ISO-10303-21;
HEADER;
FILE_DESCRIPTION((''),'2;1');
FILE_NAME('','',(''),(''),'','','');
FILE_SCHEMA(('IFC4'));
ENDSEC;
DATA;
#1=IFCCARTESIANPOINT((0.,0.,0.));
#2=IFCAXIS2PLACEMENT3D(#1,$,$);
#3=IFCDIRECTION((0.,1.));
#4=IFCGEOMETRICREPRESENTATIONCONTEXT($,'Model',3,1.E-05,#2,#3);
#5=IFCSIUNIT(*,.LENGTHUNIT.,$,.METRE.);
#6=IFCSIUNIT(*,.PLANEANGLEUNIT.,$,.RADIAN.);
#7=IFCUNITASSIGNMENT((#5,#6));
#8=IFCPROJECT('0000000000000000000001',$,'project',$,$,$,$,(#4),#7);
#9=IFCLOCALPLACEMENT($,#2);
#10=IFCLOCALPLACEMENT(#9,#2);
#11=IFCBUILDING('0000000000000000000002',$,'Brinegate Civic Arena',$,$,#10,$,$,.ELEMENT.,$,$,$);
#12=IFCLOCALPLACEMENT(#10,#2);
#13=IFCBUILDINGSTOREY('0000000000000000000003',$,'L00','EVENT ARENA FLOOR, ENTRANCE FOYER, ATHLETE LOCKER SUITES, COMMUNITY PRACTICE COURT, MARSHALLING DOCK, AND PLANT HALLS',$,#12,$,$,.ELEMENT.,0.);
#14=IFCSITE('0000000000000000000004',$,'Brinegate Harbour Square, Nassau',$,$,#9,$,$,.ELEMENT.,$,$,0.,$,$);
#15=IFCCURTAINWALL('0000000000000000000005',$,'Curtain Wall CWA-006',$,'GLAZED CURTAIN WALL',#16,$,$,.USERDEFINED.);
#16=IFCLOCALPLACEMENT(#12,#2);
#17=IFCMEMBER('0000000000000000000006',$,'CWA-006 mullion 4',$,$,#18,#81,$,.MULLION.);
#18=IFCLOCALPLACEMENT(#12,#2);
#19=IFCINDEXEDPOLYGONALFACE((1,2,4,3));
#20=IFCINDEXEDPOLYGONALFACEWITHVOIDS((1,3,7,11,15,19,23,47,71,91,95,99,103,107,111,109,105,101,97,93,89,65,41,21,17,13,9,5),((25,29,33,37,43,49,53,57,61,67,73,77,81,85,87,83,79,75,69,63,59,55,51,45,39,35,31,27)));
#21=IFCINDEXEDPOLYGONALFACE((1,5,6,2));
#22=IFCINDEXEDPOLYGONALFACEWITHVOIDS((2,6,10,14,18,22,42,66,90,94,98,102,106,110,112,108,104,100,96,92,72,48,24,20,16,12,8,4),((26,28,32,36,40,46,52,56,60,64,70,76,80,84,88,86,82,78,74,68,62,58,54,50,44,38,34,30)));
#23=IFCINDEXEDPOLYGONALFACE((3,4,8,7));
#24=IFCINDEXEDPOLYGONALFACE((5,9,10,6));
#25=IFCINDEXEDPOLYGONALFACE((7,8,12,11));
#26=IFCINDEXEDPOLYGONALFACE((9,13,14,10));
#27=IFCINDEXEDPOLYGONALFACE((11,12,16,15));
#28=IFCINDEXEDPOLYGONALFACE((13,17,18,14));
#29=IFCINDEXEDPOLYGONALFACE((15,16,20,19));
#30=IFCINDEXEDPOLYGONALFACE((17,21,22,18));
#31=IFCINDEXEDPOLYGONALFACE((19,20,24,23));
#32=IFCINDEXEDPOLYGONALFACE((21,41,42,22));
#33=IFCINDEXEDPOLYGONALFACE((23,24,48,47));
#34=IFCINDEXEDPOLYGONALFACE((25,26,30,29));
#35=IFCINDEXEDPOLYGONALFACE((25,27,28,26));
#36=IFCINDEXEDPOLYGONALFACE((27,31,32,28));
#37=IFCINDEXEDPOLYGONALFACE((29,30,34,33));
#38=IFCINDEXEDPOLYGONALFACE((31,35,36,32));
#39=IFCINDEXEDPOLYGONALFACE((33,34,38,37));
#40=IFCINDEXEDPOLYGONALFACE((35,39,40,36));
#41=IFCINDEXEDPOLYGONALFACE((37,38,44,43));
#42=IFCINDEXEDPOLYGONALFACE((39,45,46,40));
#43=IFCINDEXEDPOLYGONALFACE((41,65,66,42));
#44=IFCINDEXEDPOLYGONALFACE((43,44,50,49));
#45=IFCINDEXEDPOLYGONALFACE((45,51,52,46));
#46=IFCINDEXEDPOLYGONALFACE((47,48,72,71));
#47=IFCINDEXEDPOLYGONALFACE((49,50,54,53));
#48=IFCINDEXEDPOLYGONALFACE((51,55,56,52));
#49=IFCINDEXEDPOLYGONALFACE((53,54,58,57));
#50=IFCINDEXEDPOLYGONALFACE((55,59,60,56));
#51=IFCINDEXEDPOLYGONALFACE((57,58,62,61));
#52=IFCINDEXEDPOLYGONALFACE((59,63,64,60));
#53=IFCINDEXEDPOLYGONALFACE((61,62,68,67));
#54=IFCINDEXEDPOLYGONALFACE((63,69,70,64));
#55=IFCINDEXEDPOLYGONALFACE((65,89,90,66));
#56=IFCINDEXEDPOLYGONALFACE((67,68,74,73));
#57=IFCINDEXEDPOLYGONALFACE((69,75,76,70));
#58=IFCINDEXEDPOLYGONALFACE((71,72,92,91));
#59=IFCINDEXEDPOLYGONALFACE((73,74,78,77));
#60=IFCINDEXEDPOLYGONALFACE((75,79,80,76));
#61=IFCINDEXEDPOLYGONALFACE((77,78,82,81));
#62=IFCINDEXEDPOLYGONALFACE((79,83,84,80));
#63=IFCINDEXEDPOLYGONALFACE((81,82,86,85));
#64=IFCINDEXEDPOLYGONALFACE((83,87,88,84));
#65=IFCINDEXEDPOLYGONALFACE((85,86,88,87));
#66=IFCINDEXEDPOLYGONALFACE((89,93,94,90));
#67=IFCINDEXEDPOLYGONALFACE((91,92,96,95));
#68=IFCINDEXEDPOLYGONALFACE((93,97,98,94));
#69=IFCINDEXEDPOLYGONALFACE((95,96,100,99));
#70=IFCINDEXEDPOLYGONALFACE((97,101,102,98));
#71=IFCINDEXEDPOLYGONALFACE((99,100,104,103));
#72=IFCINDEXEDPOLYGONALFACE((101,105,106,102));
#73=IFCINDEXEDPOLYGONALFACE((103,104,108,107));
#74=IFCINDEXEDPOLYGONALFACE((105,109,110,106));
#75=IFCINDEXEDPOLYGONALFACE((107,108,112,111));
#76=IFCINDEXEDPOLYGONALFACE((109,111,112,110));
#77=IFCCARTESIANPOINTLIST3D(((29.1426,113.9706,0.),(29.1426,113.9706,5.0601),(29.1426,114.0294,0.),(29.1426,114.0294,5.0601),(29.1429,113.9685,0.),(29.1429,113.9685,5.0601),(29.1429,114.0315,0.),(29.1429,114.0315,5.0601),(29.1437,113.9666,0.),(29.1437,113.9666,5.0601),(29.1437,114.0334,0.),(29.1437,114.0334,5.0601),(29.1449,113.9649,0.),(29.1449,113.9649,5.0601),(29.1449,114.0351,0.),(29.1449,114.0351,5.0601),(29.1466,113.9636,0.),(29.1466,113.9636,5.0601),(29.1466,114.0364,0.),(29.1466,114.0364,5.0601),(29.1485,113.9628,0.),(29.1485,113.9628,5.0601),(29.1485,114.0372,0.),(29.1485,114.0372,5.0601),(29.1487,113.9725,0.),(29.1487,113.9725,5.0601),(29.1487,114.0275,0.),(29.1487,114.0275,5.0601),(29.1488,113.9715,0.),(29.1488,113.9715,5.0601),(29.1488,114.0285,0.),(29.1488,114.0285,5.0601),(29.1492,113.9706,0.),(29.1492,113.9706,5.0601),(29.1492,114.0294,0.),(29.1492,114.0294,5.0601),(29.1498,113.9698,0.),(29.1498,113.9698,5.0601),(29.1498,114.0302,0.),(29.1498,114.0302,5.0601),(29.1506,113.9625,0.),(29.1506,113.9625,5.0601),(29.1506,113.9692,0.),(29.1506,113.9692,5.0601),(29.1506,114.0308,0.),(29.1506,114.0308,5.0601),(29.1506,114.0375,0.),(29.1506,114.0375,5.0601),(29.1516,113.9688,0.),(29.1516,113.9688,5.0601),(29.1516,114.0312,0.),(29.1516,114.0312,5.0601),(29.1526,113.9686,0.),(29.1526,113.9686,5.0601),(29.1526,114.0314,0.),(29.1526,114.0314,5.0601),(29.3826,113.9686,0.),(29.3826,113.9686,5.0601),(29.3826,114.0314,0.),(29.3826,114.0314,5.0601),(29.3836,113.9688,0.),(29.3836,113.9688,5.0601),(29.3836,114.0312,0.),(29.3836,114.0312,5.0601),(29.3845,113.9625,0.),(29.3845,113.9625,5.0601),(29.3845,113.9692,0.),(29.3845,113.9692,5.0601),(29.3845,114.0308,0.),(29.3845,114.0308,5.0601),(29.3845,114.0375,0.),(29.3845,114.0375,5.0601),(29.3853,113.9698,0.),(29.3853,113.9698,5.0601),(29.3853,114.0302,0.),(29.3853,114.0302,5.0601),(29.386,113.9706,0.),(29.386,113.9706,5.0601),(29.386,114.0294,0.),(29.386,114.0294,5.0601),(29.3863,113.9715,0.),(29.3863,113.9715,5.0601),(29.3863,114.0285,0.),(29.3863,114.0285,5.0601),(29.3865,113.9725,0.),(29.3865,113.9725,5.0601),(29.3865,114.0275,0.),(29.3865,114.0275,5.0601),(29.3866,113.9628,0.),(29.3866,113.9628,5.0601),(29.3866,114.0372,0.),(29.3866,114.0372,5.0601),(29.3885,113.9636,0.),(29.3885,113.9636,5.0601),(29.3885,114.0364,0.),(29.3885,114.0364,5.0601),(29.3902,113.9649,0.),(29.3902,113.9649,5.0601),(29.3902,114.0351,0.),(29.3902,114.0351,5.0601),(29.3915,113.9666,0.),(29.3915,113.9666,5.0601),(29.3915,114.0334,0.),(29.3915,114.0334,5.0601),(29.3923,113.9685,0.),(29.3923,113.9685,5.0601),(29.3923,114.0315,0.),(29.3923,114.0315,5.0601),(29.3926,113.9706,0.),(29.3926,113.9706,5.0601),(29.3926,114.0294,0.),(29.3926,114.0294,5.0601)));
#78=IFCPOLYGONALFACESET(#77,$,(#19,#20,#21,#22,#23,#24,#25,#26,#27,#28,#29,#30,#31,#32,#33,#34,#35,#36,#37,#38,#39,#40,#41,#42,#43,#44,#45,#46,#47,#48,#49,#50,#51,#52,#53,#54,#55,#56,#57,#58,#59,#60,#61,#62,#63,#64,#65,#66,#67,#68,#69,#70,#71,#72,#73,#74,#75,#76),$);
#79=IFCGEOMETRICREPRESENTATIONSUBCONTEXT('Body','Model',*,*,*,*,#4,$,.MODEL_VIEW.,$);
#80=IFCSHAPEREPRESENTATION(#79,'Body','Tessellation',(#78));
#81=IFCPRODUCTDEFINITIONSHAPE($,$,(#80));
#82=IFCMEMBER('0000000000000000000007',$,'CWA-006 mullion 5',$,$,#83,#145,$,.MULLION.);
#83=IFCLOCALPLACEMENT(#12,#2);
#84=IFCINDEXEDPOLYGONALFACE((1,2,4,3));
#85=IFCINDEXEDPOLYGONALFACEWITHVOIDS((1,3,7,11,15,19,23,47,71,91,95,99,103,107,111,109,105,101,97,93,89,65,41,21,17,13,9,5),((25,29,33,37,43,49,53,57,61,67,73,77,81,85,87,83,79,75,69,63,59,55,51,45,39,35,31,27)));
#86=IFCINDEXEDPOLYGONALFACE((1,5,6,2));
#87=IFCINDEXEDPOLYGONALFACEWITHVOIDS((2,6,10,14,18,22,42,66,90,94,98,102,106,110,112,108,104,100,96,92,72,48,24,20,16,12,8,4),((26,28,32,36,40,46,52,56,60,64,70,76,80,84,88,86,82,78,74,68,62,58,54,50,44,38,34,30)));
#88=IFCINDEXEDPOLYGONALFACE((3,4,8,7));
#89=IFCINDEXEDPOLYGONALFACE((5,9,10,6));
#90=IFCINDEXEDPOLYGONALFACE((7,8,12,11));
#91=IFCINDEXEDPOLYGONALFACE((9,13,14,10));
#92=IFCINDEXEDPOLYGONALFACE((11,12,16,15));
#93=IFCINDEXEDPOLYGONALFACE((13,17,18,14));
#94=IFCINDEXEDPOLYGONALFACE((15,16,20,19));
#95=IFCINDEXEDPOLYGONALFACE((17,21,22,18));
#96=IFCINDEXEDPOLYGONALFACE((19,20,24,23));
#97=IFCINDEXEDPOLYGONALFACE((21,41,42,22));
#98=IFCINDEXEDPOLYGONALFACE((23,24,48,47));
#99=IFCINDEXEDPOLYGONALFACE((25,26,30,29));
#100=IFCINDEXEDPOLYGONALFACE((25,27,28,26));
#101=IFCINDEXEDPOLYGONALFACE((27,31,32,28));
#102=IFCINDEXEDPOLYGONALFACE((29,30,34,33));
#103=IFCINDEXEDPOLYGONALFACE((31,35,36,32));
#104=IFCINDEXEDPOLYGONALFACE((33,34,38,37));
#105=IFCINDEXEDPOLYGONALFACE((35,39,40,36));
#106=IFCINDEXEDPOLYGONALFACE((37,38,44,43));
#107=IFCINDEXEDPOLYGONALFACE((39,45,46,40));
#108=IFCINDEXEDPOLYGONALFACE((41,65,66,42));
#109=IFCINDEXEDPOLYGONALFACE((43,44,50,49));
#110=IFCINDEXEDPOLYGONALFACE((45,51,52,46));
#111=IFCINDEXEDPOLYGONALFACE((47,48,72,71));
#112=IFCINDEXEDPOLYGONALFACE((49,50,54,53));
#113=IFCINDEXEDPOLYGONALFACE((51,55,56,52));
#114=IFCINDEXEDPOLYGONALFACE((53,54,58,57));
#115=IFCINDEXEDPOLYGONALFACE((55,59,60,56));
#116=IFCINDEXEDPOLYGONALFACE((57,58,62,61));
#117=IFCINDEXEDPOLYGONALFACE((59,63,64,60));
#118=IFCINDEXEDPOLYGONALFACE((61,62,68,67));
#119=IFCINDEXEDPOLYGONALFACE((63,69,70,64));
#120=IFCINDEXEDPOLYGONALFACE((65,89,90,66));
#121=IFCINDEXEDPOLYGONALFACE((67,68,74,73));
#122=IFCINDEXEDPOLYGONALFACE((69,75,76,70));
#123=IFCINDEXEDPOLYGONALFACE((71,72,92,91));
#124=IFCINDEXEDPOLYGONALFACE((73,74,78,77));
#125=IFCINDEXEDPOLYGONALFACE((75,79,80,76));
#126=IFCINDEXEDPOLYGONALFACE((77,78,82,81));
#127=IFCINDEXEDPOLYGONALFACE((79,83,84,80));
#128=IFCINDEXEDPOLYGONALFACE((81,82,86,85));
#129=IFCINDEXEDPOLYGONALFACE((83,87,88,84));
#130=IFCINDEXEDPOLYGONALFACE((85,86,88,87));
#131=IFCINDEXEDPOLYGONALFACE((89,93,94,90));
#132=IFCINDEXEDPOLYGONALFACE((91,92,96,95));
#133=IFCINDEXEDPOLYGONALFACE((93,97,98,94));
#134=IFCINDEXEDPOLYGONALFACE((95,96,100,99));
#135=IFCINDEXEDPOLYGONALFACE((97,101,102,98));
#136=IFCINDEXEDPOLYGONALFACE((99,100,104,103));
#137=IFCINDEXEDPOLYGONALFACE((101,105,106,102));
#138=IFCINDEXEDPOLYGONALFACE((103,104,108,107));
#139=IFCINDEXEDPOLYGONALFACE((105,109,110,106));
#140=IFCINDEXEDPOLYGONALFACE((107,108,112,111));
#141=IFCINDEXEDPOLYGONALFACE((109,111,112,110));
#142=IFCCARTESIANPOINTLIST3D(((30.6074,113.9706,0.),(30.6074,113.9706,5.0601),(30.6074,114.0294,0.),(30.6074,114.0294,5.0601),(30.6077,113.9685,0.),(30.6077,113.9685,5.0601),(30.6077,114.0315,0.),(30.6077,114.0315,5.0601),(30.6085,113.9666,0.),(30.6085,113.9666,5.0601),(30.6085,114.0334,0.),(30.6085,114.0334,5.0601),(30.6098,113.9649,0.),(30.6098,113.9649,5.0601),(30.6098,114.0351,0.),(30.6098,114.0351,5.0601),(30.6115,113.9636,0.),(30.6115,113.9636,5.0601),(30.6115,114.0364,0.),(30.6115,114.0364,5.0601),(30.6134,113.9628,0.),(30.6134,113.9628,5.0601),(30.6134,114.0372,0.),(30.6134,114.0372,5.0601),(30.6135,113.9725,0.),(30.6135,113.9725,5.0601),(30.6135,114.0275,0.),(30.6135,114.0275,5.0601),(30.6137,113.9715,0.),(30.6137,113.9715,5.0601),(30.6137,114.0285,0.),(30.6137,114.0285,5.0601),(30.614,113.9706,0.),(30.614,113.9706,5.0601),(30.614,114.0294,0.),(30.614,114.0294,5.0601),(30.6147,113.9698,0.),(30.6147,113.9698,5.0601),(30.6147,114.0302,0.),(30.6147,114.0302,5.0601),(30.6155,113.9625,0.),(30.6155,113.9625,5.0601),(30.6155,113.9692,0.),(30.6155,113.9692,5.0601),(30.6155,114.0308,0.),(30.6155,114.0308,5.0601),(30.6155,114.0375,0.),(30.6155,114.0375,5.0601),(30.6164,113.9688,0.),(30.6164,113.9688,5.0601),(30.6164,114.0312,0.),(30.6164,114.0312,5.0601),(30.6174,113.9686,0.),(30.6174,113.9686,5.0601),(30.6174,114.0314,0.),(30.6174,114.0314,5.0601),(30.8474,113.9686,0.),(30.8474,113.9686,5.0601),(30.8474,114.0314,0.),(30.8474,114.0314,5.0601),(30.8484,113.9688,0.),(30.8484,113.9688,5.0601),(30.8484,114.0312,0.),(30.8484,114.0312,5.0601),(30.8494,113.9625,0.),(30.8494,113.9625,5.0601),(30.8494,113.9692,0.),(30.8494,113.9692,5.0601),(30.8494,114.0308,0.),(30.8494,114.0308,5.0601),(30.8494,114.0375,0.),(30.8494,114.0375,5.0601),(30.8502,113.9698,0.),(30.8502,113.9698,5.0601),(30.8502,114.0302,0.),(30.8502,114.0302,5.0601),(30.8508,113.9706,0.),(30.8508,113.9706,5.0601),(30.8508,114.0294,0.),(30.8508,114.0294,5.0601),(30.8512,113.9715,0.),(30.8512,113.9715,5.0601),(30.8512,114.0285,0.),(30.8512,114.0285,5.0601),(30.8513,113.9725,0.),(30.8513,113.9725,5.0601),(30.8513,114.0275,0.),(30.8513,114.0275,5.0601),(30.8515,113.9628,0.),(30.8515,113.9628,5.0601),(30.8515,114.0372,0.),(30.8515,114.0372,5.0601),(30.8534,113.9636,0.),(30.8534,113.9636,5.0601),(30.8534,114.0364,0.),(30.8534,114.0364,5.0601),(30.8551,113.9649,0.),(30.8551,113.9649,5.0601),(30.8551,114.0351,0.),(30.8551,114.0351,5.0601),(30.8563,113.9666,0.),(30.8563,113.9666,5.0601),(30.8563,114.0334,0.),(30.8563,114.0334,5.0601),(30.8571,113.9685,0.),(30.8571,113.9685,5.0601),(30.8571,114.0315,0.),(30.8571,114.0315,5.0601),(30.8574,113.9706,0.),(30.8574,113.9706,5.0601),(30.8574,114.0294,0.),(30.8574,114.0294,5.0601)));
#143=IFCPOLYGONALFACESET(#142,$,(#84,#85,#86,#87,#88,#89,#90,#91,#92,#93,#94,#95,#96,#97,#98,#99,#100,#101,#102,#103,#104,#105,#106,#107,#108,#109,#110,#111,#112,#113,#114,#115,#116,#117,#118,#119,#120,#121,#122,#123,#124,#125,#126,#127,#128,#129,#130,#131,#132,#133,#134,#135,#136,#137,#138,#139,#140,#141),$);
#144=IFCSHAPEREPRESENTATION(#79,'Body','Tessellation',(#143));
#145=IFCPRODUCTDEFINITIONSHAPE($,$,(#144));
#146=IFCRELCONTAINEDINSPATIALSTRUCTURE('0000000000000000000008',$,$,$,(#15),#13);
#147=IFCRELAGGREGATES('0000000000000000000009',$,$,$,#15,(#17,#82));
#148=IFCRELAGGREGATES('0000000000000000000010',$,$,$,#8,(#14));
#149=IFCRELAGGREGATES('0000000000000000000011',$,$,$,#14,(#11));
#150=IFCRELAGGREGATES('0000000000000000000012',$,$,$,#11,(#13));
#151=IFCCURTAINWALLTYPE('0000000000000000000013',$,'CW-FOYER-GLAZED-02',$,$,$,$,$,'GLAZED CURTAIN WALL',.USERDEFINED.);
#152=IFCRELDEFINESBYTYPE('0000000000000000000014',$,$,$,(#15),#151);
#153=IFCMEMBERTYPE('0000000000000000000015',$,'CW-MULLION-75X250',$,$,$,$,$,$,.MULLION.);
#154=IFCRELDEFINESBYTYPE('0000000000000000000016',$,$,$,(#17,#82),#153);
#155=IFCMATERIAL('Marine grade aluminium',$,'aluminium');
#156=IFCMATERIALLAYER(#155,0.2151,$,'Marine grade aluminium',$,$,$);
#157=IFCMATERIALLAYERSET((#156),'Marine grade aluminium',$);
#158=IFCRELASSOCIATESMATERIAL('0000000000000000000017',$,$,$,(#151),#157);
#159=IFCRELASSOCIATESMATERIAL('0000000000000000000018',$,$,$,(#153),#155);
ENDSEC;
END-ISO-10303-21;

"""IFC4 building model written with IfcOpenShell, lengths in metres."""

from ifc_helpers import new_model, si_unit, direction, frame, origin, origin_2d, place, context, subcontext, project, spatial, hollow_rectangle, extrude, material, layer, layer_set, material_profile, profile_set, type_object, element, aggregate, save


model = new_model("IFC4")

# Units and contexts
model_context = context("Model", 3, precision=1e-05, world=origin(), true_north=direction((0.0, 1.0)))
body_context = subcontext(model_context, "Body", "Model", "MODEL_VIEW")
ifc_project = project(units=[si_unit("LENGTHUNIT", "METRE"), si_unit("PLANEANGLEUNIT", "RADIAN")], contexts=[model_context])

# Site, building, storey
site_placement = place(None, origin())
site = spatial("IfcSite", under=ifc_project, at=site_placement, Name="Brinegate Harbour Square, Nassau", CompositionType="ELEMENT", RefElevation=0.0)
building_placement = place(site_placement, origin())
building = spatial("IfcBuilding", under=site, at=building_placement, Name="Brinegate Civic Arena", CompositionType="ELEMENT")
storey_placement = place(building_placement, origin())
storey = spatial("IfcBuildingStorey", under=building, at=storey_placement, Name="L00", Description="EVENT ARENA FLOOR, ENTRANCE FOYER, ATHLETE LOCKER SUITES, COMMUNITY PRACTICE COURT, MARSHALLING DOCK, AND PLANT HALLS", CompositionType="ELEMENT", Elevation=0.0)

# Curtain wall, members
ifc_material_1 = material(Name="Marine grade aluminium", Category="aluminium")
ifc_layer_1 = layer(ifc_material_1, 0.2151, Name="Marine grade aluminium")
ifc_layer_set_1 = layer_set([ifc_layer_1], Name="Marine grade aluminium")
curtain_wall_type = type_object("IfcCurtainWallType", Name="CW-FOYER-GLAZED-02", ElementType="GLAZED CURTAIN WALL", PredefinedType="USERDEFINED", material=ifc_layer_set_1)
curtain_wall_placement = place(storey_placement, origin())
curtain_wall = element("IfcCurtainWall", 1, at=curtain_wall_placement, inside=storey, type_object=curtain_wall_type, Name="Curtain Wall CWA-006", ObjectType="GLAZED CURTAIN WALL", PredefinedType="USERDEFINED")
ifc_material_profile_1 = material_profile(ifc_material_1, hollow_rectangle(XDim=0.075, YDim=0.25, WallThickness=0.0061, InnerFilletRadius=0.0039, OuterFilletRadius=0.0081, at=origin_2d()), Name="MUL75X250")
ifc_profile_set_1 = profile_set([ifc_material_profile_1], Name="Marine grade aluminium")
member_type_1 = type_object("IfcMemberType", Name="CW-MULLION-75X250", PredefinedType="MULLION", material=ifc_profile_set_1)
member_1_placement = place(storey_placement, frame((29.2676, 114.0, 0.0), z_axis=(0.0, 0.0, 1.0), x_axis=(0.0, 1.0, 0.0)))
member_1 = element("IfcMember", 2, at=member_1_placement, type_object=member_type_1, Name="CWA-006 mullion 4", PredefinedType="MULLION", context=body_context, shape_type="SweptSolid", body=[
    extrude(hollow_rectangle(XDim=0.075, YDim=0.25, WallThickness=0.0061, InnerFilletRadius=0.0039, OuterFilletRadius=0.0081, at=origin_2d()), origin(), (0.0, 0.0, 1.0), 5.0601),
])
member_2_placement = place(storey_placement, frame((30.7324, 114.0, 0.0), z_axis=(0.0, 0.0, 1.0), x_axis=(0.0, 1.0, 0.0)))
member_2 = element("IfcMember", 3, at=member_2_placement, type_object=member_type_1, Name="CWA-006 mullion 5", PredefinedType="MULLION", context=body_context, shape_type="SweptSolid", body=[
    extrude(hollow_rectangle(XDim=0.075, YDim=0.25, WallThickness=0.0061, InnerFilletRadius=0.0039, OuterFilletRadius=0.0081, at=origin_2d()), origin(), (0.0, 0.0, 1.0), 5.0601),
])
aggregate(curtain_wall, [member_1, member_2])

save(model, "model.ifc")
